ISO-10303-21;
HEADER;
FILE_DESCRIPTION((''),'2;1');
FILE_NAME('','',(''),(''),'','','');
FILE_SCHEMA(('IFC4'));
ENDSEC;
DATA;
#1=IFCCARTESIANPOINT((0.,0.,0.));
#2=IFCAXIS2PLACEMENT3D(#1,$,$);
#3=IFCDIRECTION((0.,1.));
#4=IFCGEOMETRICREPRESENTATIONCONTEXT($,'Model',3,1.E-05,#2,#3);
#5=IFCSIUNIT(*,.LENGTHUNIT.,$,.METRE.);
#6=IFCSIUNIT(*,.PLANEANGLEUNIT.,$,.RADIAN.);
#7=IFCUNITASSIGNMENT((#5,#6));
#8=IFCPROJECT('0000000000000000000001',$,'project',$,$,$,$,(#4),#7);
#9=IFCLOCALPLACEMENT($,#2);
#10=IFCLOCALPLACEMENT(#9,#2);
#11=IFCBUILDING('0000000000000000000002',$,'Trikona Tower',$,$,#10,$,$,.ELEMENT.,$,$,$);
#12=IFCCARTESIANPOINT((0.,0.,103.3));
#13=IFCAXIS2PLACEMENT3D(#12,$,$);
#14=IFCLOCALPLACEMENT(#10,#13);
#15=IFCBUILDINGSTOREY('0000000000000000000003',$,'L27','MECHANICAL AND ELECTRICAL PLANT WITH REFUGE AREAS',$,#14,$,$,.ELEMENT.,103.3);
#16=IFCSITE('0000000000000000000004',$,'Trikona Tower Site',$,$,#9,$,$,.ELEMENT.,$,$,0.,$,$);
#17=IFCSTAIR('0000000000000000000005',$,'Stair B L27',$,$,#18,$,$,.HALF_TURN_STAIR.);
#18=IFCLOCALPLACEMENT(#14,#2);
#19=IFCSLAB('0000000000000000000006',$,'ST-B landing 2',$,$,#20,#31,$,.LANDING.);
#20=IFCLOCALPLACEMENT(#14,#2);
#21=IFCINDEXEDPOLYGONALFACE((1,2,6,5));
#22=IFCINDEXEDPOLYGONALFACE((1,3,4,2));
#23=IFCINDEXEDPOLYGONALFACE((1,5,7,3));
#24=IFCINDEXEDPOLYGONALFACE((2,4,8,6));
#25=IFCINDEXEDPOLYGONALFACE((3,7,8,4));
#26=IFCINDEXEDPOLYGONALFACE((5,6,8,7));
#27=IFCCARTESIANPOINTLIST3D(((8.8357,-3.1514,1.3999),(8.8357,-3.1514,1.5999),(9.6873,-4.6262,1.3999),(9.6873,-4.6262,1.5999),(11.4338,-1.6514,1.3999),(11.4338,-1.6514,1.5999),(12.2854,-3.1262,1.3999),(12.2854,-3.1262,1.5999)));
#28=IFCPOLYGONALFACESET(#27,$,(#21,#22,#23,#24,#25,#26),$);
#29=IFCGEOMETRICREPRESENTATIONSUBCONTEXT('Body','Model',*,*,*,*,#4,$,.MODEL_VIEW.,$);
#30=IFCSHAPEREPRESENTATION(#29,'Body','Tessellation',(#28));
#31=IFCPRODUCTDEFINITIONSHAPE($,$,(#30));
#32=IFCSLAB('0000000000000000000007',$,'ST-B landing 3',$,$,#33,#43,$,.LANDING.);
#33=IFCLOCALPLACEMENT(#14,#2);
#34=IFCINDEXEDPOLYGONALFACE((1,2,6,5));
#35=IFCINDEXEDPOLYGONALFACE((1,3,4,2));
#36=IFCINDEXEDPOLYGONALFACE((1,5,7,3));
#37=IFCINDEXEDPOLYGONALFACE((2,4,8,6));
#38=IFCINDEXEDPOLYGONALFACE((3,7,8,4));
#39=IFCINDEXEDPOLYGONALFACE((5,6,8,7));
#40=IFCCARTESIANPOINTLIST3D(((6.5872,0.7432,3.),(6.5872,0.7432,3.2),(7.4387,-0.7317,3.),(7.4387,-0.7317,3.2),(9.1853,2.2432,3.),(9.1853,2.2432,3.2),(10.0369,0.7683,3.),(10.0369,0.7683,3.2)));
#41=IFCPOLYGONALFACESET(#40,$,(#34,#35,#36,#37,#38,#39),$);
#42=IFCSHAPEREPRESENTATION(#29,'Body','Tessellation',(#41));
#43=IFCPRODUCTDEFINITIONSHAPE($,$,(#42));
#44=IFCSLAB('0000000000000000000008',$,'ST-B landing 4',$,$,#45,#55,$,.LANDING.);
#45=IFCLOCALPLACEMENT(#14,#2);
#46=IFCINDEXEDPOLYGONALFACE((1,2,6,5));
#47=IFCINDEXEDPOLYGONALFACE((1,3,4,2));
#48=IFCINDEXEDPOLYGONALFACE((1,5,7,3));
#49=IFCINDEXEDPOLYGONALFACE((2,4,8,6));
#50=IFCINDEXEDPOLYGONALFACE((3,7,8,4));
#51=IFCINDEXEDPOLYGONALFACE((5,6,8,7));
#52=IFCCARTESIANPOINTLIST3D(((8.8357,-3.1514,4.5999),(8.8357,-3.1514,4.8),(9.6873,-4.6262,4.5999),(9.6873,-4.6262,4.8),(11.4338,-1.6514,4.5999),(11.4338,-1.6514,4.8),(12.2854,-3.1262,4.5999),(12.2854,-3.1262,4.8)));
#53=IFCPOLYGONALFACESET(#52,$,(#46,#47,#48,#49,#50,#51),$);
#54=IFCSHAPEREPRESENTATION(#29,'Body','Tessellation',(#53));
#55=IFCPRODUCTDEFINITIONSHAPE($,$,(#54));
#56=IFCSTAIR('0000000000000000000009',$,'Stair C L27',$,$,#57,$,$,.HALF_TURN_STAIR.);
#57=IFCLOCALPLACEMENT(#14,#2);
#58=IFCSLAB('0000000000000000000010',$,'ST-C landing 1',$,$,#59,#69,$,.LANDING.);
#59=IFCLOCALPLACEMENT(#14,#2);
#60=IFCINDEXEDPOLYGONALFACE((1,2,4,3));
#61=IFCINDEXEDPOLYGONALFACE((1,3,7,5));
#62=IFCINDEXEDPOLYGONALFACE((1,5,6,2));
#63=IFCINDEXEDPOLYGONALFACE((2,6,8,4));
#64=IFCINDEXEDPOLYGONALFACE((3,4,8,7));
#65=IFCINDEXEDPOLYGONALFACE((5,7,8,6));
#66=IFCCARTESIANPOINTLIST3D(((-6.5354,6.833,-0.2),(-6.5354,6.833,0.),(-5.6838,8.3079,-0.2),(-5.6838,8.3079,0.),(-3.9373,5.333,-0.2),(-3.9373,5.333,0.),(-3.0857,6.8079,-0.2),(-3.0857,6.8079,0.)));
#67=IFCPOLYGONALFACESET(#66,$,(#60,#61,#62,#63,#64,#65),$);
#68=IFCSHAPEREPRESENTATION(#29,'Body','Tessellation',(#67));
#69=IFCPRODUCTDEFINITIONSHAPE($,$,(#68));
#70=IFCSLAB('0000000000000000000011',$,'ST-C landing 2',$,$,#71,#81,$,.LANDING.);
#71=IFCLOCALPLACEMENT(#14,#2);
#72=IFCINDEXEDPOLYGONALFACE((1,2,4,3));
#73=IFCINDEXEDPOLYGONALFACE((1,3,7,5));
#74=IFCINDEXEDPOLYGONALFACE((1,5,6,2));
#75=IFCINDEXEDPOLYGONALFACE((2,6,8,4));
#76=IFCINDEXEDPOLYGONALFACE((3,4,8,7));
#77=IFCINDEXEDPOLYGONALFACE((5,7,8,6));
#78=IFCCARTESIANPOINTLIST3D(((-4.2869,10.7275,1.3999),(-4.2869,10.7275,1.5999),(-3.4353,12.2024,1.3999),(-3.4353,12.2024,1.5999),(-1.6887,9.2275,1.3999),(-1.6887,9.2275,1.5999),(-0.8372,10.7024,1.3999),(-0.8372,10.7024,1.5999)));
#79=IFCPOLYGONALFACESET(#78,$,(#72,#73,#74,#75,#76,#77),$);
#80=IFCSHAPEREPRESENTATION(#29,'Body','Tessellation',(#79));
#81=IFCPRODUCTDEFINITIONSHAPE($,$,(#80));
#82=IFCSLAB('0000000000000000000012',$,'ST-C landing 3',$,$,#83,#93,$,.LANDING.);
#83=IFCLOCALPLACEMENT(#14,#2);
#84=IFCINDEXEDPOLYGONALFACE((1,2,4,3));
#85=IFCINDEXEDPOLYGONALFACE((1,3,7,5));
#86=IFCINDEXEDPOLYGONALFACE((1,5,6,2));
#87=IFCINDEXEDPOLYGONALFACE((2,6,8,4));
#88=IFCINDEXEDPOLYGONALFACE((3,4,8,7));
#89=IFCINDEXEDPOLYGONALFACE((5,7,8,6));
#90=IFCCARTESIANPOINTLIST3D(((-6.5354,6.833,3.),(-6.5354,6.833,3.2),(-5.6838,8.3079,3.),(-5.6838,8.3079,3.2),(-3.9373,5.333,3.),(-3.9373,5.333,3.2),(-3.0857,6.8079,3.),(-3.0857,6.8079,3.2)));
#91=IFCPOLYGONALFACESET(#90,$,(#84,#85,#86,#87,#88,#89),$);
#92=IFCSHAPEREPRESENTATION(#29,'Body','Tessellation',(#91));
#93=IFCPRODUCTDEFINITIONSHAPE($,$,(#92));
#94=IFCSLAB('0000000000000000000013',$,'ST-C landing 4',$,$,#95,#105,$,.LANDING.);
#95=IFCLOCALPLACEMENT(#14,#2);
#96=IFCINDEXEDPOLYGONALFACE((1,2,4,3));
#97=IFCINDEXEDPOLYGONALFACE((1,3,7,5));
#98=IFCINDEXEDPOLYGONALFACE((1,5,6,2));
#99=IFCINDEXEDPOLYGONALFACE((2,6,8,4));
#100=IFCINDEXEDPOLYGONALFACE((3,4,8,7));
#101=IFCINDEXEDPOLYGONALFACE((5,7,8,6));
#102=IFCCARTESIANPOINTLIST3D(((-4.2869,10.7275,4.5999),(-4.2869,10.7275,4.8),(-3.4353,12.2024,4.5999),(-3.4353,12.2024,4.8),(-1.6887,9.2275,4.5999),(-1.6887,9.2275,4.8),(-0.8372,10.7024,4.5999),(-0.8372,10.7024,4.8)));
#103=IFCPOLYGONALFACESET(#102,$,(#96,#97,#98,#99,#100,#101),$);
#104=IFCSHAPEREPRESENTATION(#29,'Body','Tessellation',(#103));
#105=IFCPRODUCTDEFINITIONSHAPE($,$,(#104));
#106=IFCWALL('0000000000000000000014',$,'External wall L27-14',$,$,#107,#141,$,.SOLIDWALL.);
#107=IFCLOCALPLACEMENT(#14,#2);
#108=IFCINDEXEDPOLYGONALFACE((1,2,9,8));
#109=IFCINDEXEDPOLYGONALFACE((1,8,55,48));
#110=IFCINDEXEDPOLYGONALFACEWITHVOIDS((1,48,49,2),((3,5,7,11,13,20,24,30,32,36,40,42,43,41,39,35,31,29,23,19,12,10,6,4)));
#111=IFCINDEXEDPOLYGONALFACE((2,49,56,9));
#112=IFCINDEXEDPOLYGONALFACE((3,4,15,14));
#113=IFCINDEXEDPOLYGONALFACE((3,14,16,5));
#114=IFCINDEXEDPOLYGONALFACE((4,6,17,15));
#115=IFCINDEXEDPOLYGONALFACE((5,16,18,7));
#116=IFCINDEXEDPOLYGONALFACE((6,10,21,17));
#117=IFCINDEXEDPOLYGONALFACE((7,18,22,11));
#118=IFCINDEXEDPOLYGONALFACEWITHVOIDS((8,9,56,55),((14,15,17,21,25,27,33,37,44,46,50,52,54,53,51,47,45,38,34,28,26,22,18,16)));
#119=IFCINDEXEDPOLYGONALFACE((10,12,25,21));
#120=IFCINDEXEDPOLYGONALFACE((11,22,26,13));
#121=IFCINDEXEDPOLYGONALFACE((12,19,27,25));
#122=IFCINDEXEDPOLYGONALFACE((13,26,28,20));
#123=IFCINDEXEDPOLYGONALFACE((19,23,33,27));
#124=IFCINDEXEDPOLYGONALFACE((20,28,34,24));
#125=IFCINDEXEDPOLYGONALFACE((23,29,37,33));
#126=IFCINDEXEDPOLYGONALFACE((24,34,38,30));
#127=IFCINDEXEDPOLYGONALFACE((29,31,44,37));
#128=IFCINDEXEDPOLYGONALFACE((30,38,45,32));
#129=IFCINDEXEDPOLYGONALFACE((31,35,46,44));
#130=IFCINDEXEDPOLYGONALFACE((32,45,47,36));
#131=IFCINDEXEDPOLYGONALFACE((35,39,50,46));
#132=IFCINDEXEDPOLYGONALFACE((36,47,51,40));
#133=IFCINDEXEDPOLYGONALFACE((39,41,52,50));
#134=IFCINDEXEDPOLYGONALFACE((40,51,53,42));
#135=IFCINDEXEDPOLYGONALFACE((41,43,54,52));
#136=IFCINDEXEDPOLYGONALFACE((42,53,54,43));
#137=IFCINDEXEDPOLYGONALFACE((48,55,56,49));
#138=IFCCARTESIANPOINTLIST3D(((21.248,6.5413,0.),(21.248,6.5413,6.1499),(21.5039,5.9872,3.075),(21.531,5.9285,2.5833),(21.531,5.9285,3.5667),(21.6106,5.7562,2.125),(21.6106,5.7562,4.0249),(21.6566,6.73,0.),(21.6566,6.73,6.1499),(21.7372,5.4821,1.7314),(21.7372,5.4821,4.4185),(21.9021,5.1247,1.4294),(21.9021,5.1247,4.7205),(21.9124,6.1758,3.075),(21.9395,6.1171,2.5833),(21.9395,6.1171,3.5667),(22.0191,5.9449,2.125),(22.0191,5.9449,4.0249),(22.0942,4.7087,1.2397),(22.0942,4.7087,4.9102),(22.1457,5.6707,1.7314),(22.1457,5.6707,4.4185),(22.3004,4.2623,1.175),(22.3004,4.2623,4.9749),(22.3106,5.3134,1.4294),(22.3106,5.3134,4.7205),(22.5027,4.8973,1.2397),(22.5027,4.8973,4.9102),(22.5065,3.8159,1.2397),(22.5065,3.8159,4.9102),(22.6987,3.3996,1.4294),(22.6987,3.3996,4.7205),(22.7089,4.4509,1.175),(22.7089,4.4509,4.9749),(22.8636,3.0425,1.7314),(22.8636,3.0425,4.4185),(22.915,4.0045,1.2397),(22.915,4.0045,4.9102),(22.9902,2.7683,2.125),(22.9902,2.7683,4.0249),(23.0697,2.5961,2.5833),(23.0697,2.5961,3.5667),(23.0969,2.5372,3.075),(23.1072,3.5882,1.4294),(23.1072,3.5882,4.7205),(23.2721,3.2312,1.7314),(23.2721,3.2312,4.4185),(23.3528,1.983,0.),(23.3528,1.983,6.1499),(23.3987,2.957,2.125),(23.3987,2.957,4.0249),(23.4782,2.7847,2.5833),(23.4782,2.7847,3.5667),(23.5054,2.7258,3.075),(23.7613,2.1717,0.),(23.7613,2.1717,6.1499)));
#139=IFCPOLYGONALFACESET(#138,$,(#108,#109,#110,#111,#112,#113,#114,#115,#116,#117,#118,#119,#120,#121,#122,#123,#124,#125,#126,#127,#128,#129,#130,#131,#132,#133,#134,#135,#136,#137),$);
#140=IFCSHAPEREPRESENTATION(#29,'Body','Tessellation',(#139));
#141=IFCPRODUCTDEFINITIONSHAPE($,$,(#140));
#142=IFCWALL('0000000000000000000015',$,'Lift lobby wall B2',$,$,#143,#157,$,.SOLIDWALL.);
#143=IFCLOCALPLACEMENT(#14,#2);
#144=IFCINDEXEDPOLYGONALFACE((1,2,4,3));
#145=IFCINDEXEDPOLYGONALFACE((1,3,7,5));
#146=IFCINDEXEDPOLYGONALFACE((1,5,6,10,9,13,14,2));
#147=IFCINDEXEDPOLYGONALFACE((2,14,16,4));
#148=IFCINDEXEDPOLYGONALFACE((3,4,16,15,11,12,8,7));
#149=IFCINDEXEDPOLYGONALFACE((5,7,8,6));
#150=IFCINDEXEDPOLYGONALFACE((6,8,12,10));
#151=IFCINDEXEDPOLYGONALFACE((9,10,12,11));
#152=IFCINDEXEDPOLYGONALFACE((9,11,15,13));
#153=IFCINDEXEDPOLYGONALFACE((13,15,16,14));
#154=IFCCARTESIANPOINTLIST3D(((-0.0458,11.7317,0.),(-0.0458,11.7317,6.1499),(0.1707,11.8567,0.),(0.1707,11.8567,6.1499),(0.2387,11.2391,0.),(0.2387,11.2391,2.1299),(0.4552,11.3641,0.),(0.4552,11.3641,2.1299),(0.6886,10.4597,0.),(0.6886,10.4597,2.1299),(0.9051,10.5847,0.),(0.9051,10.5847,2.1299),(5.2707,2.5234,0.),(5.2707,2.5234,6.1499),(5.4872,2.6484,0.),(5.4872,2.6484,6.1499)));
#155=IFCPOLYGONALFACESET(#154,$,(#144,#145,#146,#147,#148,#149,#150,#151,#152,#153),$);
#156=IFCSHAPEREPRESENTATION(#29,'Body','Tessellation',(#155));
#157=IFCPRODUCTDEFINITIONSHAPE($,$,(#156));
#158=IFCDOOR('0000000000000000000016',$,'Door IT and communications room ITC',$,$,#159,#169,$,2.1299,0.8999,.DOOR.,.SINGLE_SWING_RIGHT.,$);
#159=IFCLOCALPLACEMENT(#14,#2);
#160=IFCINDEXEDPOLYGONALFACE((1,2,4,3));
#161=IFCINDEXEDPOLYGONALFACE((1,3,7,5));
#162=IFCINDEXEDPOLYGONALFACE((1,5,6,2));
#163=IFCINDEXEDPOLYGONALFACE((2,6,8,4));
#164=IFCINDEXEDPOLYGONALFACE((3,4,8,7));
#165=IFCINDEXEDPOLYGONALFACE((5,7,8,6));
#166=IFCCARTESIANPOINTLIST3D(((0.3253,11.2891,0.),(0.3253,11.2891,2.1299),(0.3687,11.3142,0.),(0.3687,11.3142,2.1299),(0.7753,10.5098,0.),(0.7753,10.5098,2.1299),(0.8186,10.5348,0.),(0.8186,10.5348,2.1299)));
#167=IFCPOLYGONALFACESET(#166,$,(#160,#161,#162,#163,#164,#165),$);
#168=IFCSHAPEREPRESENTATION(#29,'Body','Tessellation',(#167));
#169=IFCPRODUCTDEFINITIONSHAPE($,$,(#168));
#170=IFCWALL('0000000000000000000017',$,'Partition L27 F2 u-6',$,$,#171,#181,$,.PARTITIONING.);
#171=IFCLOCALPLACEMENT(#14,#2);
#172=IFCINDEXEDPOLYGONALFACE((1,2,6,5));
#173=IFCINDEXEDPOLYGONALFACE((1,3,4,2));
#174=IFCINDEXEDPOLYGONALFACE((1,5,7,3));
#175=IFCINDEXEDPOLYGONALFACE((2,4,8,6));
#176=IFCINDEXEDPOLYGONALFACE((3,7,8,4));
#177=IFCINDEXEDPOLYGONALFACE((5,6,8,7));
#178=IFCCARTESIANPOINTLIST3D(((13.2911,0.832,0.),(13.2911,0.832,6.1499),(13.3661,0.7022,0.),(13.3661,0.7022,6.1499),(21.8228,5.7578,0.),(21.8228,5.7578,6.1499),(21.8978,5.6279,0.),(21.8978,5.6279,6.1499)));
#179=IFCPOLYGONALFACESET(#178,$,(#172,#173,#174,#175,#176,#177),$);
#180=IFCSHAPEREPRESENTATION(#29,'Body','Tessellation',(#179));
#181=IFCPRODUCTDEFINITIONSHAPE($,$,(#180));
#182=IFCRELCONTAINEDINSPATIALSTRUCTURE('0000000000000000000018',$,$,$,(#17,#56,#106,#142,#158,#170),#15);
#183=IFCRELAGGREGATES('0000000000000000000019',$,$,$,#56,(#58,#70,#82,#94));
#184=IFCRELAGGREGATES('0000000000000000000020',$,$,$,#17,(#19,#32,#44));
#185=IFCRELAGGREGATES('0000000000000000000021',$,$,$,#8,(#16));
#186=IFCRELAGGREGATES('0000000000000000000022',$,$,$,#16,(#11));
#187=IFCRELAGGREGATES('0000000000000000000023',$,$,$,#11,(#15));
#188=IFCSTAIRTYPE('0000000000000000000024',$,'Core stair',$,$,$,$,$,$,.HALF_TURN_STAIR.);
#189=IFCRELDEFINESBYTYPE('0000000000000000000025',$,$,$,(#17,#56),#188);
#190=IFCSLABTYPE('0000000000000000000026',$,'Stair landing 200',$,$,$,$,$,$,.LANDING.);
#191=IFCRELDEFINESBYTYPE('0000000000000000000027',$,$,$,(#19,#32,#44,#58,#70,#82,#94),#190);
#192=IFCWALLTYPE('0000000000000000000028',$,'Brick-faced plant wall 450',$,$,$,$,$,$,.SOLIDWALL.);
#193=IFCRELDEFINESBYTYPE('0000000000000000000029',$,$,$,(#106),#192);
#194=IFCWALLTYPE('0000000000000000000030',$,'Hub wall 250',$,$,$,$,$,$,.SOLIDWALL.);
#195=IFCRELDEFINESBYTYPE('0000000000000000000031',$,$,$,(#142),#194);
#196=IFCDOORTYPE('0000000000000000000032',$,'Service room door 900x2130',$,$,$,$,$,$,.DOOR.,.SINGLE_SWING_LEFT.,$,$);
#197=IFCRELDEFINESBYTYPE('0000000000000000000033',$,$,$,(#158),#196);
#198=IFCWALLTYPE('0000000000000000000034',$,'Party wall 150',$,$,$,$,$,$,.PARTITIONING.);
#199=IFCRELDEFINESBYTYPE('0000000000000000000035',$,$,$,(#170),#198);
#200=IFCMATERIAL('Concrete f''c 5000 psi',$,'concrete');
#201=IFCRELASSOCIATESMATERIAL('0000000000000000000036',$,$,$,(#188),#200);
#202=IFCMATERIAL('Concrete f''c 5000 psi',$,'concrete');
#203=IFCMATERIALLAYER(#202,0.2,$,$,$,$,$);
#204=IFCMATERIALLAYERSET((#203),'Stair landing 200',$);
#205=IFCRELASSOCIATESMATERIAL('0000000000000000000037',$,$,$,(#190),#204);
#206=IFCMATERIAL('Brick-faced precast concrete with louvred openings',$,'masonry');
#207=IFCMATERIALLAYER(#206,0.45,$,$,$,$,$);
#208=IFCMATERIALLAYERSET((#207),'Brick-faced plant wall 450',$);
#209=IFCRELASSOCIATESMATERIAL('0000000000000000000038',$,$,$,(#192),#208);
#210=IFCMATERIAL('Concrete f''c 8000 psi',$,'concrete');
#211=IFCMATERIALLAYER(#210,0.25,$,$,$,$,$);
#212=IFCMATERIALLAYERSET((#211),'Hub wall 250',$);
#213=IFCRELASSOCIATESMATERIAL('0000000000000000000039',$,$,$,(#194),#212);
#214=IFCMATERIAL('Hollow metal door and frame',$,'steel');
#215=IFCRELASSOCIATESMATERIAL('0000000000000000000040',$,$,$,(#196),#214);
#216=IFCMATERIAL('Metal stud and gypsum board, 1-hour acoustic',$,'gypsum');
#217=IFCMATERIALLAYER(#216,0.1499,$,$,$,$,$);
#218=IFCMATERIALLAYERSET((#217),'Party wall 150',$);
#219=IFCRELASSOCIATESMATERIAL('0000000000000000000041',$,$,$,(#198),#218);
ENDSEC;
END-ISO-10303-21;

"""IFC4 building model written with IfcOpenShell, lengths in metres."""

from ifc_helpers import new_model, si_unit, direction, frame, frame_2d, origin, place, context, subcontext, project, spatial, polyline, rectangle, outline, extrude, material, layer, layer_set, type_object, element, fill, aggregate, save


model = new_model("IFC4")

# Units and contexts
model_context = context("Model", 3, precision=1e-05, world=origin(), true_north=direction((0.0, 1.0)))
body_context = subcontext(model_context, "Body", "Model", "MODEL_VIEW")
ifc_project = project(units=[si_unit("LENGTHUNIT", "METRE"), si_unit("PLANEANGLEUNIT", "RADIAN")], contexts=[model_context])

# Site, building, storey
site_placement = place(None, origin())
site = spatial("IfcSite", under=ifc_project, at=site_placement, Name="Trikona Tower Site", CompositionType="ELEMENT", RefElevation=0.0)
building_placement = place(site_placement, origin())
building = spatial("IfcBuilding", under=site, at=building_placement, Name="Trikona Tower", CompositionType="ELEMENT")
storey_placement = place(building_placement, frame((0.0, 0.0, 103.3)))
storey = spatial("IfcBuildingStorey", under=building, at=storey_placement, Name="L27", Description="MECHANICAL AND ELECTRICAL PLANT WITH REFUGE AREAS", CompositionType="ELEMENT", Elevation=103.3)

# Stairs, slabs
ifc_material_1 = material(Name="Concrete f'c 5000 psi", Category="concrete")
stair_type = type_object("IfcStairType", Name="Core stair", PredefinedType="HALF_TURN_STAIR", material=ifc_material_1)
ifc_material_2 = material(Name="Concrete f'c 5000 psi", Category="concrete")
ifc_layer_1 = layer(ifc_material_2, 0.2)
ifc_layer_set_1 = layer_set([ifc_layer_1], Name="Stair landing 200")
slab_type_1 = type_object("IfcSlabType", Name="Stair landing 200", PredefinedType="LANDING", material=ifc_layer_set_1)
stair_1_placement = place(storey_placement, origin())
stair_1 = element("IfcStair", 1, at=stair_1_placement, inside=storey, type_object=stair_type, Name="Stair B L27", PredefinedType="HALF_TURN_STAIR")
slab_1_placement = place(storey_placement, frame((0.0, 0.0, 1.3999)))
slab_1 = element("IfcSlab", 2, at=slab_1_placement, type_object=slab_type_1, Name="ST-B landing 2", PredefinedType="LANDING", context=body_context, shape_type="SweptSolid", body=[
    extrude(outline(polyline([(9.6873, -4.6262), (8.8357, -3.1514), (11.4338, -1.6514), (12.2854, -3.1262), (9.6873, -4.6262)])), origin(), (0.0, 0.0, 1.0), 0.2),
])
slab_2_placement = place(storey_placement, frame((0.0, 0.0, 3.0)))
slab_2 = element("IfcSlab", 3, at=slab_2_placement, type_object=slab_type_1, Name="ST-B landing 3", PredefinedType="LANDING", context=body_context, shape_type="SweptSolid", body=[
    extrude(outline(polyline([(7.4387, -0.7317), (6.5872, 0.7432), (9.1853, 2.2432), (10.0369, 0.7683), (7.4387, -0.7317)])), origin(), (0.0, 0.0, 1.0), 0.2),
])
slab_3_placement = place(storey_placement, frame((0.0, 0.0, 4.5999)))
slab_3 = element("IfcSlab", 4, at=slab_3_placement, type_object=slab_type_1, Name="ST-B landing 4", PredefinedType="LANDING", context=body_context, shape_type="SweptSolid", body=[
    extrude(outline(polyline([(9.6873, -4.6262), (8.8357, -3.1514), (11.4338, -1.6514), (12.2854, -3.1262), (9.6873, -4.6262)])), origin(), (0.0, 0.0, 1.0), 0.2002),
])
stair_2_placement = place(storey_placement, origin())
stair_2 = element("IfcStair", 5, at=stair_2_placement, inside=storey, type_object=stair_type, Name="Stair C L27", PredefinedType="HALF_TURN_STAIR")
slab_4_placement = place(storey_placement, frame((0.0, 0.0, -0.2)))
slab_4 = element("IfcSlab", 6, at=slab_4_placement, type_object=slab_type_1, Name="ST-C landing 1", PredefinedType="LANDING", context=body_context, shape_type="SweptSolid", body=[
    extrude(outline(polyline([(-3.0857, 6.8079), (-3.9373, 5.333), (-6.5354, 6.833), (-5.6838, 8.3079), (-3.0857, 6.8079)])), origin(), (0.0, 0.0, 1.0), 0.2),
])
slab_5_placement = place(storey_placement, frame((0.0, 0.0, 1.3999)))
slab_5 = element("IfcSlab", 7, at=slab_5_placement, type_object=slab_type_1, Name="ST-C landing 2", PredefinedType="LANDING", context=body_context, shape_type="SweptSolid", body=[
    extrude(outline(polyline([(-0.8372, 10.7024), (-1.6887, 9.2275), (-4.2869, 10.7275), (-3.4353, 12.2024), (-0.8372, 10.7024)])), origin(), (0.0, 0.0, 1.0), 0.2),
])
slab_6_placement = place(storey_placement, frame((0.0, 0.0, 3.0)))
slab_6 = element("IfcSlab", 8, at=slab_6_placement, type_object=slab_type_1, Name="ST-C landing 3", PredefinedType="LANDING", context=body_context, shape_type="SweptSolid", body=[
    extrude(outline(polyline([(-3.0857, 6.8079), (-3.9373, 5.333), (-6.5354, 6.833), (-5.6838, 8.3079), (-3.0857, 6.8079)])), origin(), (0.0, 0.0, 1.0), 0.2),
])
slab_7_placement = place(storey_placement, frame((0.0, 0.0, 4.5999)))
slab_7 = element("IfcSlab", 9, at=slab_7_placement, type_object=slab_type_1, Name="ST-C landing 4", PredefinedType="LANDING", context=body_context, shape_type="SweptSolid", body=[
    extrude(outline(polyline([(-0.8372, 10.7024), (-1.6887, 9.2275), (-4.2869, 10.7275), (-3.4353, 12.2024), (-0.8372, 10.7024)])), origin(), (0.0, 0.0, 1.0), 0.2002),
])
aggregate(stair_2, [slab_4, slab_5, slab_6, slab_7])

# Wall
ifc_material_3 = material(Name="Brick-faced precast concrete with louvred openings", Category="masonry")
ifc_layer_2 = layer(ifc_material_3, 0.45)
ifc_layer_set_2 = layer_set([ifc_layer_2], Name="Brick-faced plant wall 450")
wall_type_1 = type_object("IfcWallType", Name="Brick-faced plant wall 450", PredefinedType="SOLIDWALL", material=ifc_layer_set_2)
wall_1_placement = place(storey_placement, frame((23.5571, 2.0774, 0.0), z_axis=(0.0, 0.0, 1.0), x_axis=(-0.419203, 0.907892, 0.0)))
element("IfcWall", 10, at=wall_1_placement, inside=storey, type_object=wall_type_1, Name="External wall L27-14", PredefinedType="SOLIDWALL", context=body_context, shape_type="SweptSolid", body=[
    extrude(outline(polyline([(0.0, 0.0), (5.0208, 0.0), (5.0208, 6.1499), (0.0, 6.1499), (0.0, 0.0)]), holes=[polyline([(4.4104, 3.075), (4.3457, 3.5667), (4.156, 4.0249), (3.854, 4.4185), (3.4604, 4.7205), (3.0022, 4.9102), (2.5105, 4.9749), (2.0188, 4.9102), (1.5603, 4.7205), (1.167, 4.4185), (0.865, 4.0249), (0.6753, 3.5667), (0.6104, 3.075), (0.6753, 2.5833), (0.865, 2.125), (1.167, 1.7314), (1.5603, 1.4294), (2.0188, 1.2397), (2.5105, 1.175), (3.0022, 1.2397), (3.4604, 1.4294), (3.854, 1.7314), (4.156, 2.125), (4.3457, 2.5833), (4.4104, 3.075)])]), frame((0.0, 0.2251, 0.0), z_axis=(0.0, -1.0, 0.0), x_axis=(1.0, 0.0, 0.0)), (0.0, 0.0, 1.0), 0.45),
])

# Wall, opening, door
ifc_material_4 = material(Name="Concrete f'c 8000 psi", Category="concrete")
ifc_layer_3 = layer(ifc_material_4, 0.25)
ifc_layer_set_3 = layer_set([ifc_layer_3], Name="Hub wall 250")
wall_type_2 = type_object("IfcWallType", Name="Hub wall 250", PredefinedType="SOLIDWALL", material=ifc_layer_set_3)
wall_2_placement = place(storey_placement, frame((5.3789, 2.5859, 0.0), z_axis=(0.0, 0.0, 1.0), x_axis=(-0.500001, 0.866025, 0.0)))
wall_2 = element("IfcWall", 11, at=wall_2_placement, inside=storey, type_object=wall_type_2, Name="Lift lobby wall B2", PredefinedType="SOLIDWALL", context=body_context, shape_type="SweptSolid", body=[
    extrude(rectangle(XDim=10.6328, YDim=0.25, at=frame_2d((5.3164, 0.0))), origin(), (0.0, 0.0, 1.0), 6.1499),
])
opening_placement = place(wall_2_placement, frame((9.1641, 0.0, 0.0)))
opening = element("IfcOpeningElement", 12, at=opening_placement, cuts=wall_2, PredefinedType="OPENING", context=body_context, shape_type="SweptSolid", body=[
    extrude(rectangle(XDim=0.8999, YDim=2.1299, at=frame_2d((0.45, 1.0649))), frame((0.0, 0.135, 0.0), z_axis=(0.0, -1.0, 0.0), x_axis=(1.0, 0.0, 0.0)), (0.0, 0.0, 1.0), 0.27),
])
ifc_material_5 = material(Name="Hollow metal door and frame", Category="steel")
door_type = type_object("IfcDoorType", Name="Service room door 900x2130", OperationType="SINGLE_SWING_LEFT", PredefinedType="DOOR", material=ifc_material_5)
door_placement = place(opening_placement, origin())
door = element("IfcDoor", 13, at=door_placement, inside=storey, type_object=door_type, Name="Door IT and communications room ITC", OperationType="SINGLE_SWING_RIGHT", OverallHeight=2.1299, OverallWidth=0.8999, PredefinedType="DOOR", context=body_context, shape_type="SweptSolid", body=[
    extrude(rectangle(XDim=0.8999, YDim=2.1299, at=frame_2d((0.45, 1.0649))), frame((0.0, 0.0249, 0.0), z_axis=(0.0, -1.0, 0.0), x_axis=(1.0, 0.0, 0.0)), (0.0, 0.0, 1.0), 0.05),
])
fill(opening, door)

# Wall
ifc_material_6 = material(Name="Metal stud and gypsum board, 1-hour acoustic", Category="gypsum")
ifc_layer_4 = layer(ifc_material_6, 0.1499)
ifc_layer_set_4 = layer_set([ifc_layer_4], Name="Party wall 150")
wall_type_3 = type_object("IfcWallType", Name="Party wall 150", PredefinedType="PARTITIONING", material=ifc_layer_set_4)
wall_3_placement = place(storey_placement, frame((13.3286, 0.7671, 0.0), z_axis=(0.0, 0.0, 1.0), x_axis=(0.866026, 0.499998, 0.0)))
element("IfcWall", 14, at=wall_3_placement, inside=storey, type_object=wall_type_3, Name="Partition L27 F2 u-6", PredefinedType="PARTITIONING", context=body_context, shape_type="SweptSolid", body=[
    extrude(rectangle(XDim=9.8516, YDim=0.1499, at=frame_2d((4.9258, 0.0))), origin(), (0.0, 0.0, 1.0), 6.1499),
])

aggregate(stair_1, [slab_1, slab_2, slab_3])

save(model, "model.ifc")
